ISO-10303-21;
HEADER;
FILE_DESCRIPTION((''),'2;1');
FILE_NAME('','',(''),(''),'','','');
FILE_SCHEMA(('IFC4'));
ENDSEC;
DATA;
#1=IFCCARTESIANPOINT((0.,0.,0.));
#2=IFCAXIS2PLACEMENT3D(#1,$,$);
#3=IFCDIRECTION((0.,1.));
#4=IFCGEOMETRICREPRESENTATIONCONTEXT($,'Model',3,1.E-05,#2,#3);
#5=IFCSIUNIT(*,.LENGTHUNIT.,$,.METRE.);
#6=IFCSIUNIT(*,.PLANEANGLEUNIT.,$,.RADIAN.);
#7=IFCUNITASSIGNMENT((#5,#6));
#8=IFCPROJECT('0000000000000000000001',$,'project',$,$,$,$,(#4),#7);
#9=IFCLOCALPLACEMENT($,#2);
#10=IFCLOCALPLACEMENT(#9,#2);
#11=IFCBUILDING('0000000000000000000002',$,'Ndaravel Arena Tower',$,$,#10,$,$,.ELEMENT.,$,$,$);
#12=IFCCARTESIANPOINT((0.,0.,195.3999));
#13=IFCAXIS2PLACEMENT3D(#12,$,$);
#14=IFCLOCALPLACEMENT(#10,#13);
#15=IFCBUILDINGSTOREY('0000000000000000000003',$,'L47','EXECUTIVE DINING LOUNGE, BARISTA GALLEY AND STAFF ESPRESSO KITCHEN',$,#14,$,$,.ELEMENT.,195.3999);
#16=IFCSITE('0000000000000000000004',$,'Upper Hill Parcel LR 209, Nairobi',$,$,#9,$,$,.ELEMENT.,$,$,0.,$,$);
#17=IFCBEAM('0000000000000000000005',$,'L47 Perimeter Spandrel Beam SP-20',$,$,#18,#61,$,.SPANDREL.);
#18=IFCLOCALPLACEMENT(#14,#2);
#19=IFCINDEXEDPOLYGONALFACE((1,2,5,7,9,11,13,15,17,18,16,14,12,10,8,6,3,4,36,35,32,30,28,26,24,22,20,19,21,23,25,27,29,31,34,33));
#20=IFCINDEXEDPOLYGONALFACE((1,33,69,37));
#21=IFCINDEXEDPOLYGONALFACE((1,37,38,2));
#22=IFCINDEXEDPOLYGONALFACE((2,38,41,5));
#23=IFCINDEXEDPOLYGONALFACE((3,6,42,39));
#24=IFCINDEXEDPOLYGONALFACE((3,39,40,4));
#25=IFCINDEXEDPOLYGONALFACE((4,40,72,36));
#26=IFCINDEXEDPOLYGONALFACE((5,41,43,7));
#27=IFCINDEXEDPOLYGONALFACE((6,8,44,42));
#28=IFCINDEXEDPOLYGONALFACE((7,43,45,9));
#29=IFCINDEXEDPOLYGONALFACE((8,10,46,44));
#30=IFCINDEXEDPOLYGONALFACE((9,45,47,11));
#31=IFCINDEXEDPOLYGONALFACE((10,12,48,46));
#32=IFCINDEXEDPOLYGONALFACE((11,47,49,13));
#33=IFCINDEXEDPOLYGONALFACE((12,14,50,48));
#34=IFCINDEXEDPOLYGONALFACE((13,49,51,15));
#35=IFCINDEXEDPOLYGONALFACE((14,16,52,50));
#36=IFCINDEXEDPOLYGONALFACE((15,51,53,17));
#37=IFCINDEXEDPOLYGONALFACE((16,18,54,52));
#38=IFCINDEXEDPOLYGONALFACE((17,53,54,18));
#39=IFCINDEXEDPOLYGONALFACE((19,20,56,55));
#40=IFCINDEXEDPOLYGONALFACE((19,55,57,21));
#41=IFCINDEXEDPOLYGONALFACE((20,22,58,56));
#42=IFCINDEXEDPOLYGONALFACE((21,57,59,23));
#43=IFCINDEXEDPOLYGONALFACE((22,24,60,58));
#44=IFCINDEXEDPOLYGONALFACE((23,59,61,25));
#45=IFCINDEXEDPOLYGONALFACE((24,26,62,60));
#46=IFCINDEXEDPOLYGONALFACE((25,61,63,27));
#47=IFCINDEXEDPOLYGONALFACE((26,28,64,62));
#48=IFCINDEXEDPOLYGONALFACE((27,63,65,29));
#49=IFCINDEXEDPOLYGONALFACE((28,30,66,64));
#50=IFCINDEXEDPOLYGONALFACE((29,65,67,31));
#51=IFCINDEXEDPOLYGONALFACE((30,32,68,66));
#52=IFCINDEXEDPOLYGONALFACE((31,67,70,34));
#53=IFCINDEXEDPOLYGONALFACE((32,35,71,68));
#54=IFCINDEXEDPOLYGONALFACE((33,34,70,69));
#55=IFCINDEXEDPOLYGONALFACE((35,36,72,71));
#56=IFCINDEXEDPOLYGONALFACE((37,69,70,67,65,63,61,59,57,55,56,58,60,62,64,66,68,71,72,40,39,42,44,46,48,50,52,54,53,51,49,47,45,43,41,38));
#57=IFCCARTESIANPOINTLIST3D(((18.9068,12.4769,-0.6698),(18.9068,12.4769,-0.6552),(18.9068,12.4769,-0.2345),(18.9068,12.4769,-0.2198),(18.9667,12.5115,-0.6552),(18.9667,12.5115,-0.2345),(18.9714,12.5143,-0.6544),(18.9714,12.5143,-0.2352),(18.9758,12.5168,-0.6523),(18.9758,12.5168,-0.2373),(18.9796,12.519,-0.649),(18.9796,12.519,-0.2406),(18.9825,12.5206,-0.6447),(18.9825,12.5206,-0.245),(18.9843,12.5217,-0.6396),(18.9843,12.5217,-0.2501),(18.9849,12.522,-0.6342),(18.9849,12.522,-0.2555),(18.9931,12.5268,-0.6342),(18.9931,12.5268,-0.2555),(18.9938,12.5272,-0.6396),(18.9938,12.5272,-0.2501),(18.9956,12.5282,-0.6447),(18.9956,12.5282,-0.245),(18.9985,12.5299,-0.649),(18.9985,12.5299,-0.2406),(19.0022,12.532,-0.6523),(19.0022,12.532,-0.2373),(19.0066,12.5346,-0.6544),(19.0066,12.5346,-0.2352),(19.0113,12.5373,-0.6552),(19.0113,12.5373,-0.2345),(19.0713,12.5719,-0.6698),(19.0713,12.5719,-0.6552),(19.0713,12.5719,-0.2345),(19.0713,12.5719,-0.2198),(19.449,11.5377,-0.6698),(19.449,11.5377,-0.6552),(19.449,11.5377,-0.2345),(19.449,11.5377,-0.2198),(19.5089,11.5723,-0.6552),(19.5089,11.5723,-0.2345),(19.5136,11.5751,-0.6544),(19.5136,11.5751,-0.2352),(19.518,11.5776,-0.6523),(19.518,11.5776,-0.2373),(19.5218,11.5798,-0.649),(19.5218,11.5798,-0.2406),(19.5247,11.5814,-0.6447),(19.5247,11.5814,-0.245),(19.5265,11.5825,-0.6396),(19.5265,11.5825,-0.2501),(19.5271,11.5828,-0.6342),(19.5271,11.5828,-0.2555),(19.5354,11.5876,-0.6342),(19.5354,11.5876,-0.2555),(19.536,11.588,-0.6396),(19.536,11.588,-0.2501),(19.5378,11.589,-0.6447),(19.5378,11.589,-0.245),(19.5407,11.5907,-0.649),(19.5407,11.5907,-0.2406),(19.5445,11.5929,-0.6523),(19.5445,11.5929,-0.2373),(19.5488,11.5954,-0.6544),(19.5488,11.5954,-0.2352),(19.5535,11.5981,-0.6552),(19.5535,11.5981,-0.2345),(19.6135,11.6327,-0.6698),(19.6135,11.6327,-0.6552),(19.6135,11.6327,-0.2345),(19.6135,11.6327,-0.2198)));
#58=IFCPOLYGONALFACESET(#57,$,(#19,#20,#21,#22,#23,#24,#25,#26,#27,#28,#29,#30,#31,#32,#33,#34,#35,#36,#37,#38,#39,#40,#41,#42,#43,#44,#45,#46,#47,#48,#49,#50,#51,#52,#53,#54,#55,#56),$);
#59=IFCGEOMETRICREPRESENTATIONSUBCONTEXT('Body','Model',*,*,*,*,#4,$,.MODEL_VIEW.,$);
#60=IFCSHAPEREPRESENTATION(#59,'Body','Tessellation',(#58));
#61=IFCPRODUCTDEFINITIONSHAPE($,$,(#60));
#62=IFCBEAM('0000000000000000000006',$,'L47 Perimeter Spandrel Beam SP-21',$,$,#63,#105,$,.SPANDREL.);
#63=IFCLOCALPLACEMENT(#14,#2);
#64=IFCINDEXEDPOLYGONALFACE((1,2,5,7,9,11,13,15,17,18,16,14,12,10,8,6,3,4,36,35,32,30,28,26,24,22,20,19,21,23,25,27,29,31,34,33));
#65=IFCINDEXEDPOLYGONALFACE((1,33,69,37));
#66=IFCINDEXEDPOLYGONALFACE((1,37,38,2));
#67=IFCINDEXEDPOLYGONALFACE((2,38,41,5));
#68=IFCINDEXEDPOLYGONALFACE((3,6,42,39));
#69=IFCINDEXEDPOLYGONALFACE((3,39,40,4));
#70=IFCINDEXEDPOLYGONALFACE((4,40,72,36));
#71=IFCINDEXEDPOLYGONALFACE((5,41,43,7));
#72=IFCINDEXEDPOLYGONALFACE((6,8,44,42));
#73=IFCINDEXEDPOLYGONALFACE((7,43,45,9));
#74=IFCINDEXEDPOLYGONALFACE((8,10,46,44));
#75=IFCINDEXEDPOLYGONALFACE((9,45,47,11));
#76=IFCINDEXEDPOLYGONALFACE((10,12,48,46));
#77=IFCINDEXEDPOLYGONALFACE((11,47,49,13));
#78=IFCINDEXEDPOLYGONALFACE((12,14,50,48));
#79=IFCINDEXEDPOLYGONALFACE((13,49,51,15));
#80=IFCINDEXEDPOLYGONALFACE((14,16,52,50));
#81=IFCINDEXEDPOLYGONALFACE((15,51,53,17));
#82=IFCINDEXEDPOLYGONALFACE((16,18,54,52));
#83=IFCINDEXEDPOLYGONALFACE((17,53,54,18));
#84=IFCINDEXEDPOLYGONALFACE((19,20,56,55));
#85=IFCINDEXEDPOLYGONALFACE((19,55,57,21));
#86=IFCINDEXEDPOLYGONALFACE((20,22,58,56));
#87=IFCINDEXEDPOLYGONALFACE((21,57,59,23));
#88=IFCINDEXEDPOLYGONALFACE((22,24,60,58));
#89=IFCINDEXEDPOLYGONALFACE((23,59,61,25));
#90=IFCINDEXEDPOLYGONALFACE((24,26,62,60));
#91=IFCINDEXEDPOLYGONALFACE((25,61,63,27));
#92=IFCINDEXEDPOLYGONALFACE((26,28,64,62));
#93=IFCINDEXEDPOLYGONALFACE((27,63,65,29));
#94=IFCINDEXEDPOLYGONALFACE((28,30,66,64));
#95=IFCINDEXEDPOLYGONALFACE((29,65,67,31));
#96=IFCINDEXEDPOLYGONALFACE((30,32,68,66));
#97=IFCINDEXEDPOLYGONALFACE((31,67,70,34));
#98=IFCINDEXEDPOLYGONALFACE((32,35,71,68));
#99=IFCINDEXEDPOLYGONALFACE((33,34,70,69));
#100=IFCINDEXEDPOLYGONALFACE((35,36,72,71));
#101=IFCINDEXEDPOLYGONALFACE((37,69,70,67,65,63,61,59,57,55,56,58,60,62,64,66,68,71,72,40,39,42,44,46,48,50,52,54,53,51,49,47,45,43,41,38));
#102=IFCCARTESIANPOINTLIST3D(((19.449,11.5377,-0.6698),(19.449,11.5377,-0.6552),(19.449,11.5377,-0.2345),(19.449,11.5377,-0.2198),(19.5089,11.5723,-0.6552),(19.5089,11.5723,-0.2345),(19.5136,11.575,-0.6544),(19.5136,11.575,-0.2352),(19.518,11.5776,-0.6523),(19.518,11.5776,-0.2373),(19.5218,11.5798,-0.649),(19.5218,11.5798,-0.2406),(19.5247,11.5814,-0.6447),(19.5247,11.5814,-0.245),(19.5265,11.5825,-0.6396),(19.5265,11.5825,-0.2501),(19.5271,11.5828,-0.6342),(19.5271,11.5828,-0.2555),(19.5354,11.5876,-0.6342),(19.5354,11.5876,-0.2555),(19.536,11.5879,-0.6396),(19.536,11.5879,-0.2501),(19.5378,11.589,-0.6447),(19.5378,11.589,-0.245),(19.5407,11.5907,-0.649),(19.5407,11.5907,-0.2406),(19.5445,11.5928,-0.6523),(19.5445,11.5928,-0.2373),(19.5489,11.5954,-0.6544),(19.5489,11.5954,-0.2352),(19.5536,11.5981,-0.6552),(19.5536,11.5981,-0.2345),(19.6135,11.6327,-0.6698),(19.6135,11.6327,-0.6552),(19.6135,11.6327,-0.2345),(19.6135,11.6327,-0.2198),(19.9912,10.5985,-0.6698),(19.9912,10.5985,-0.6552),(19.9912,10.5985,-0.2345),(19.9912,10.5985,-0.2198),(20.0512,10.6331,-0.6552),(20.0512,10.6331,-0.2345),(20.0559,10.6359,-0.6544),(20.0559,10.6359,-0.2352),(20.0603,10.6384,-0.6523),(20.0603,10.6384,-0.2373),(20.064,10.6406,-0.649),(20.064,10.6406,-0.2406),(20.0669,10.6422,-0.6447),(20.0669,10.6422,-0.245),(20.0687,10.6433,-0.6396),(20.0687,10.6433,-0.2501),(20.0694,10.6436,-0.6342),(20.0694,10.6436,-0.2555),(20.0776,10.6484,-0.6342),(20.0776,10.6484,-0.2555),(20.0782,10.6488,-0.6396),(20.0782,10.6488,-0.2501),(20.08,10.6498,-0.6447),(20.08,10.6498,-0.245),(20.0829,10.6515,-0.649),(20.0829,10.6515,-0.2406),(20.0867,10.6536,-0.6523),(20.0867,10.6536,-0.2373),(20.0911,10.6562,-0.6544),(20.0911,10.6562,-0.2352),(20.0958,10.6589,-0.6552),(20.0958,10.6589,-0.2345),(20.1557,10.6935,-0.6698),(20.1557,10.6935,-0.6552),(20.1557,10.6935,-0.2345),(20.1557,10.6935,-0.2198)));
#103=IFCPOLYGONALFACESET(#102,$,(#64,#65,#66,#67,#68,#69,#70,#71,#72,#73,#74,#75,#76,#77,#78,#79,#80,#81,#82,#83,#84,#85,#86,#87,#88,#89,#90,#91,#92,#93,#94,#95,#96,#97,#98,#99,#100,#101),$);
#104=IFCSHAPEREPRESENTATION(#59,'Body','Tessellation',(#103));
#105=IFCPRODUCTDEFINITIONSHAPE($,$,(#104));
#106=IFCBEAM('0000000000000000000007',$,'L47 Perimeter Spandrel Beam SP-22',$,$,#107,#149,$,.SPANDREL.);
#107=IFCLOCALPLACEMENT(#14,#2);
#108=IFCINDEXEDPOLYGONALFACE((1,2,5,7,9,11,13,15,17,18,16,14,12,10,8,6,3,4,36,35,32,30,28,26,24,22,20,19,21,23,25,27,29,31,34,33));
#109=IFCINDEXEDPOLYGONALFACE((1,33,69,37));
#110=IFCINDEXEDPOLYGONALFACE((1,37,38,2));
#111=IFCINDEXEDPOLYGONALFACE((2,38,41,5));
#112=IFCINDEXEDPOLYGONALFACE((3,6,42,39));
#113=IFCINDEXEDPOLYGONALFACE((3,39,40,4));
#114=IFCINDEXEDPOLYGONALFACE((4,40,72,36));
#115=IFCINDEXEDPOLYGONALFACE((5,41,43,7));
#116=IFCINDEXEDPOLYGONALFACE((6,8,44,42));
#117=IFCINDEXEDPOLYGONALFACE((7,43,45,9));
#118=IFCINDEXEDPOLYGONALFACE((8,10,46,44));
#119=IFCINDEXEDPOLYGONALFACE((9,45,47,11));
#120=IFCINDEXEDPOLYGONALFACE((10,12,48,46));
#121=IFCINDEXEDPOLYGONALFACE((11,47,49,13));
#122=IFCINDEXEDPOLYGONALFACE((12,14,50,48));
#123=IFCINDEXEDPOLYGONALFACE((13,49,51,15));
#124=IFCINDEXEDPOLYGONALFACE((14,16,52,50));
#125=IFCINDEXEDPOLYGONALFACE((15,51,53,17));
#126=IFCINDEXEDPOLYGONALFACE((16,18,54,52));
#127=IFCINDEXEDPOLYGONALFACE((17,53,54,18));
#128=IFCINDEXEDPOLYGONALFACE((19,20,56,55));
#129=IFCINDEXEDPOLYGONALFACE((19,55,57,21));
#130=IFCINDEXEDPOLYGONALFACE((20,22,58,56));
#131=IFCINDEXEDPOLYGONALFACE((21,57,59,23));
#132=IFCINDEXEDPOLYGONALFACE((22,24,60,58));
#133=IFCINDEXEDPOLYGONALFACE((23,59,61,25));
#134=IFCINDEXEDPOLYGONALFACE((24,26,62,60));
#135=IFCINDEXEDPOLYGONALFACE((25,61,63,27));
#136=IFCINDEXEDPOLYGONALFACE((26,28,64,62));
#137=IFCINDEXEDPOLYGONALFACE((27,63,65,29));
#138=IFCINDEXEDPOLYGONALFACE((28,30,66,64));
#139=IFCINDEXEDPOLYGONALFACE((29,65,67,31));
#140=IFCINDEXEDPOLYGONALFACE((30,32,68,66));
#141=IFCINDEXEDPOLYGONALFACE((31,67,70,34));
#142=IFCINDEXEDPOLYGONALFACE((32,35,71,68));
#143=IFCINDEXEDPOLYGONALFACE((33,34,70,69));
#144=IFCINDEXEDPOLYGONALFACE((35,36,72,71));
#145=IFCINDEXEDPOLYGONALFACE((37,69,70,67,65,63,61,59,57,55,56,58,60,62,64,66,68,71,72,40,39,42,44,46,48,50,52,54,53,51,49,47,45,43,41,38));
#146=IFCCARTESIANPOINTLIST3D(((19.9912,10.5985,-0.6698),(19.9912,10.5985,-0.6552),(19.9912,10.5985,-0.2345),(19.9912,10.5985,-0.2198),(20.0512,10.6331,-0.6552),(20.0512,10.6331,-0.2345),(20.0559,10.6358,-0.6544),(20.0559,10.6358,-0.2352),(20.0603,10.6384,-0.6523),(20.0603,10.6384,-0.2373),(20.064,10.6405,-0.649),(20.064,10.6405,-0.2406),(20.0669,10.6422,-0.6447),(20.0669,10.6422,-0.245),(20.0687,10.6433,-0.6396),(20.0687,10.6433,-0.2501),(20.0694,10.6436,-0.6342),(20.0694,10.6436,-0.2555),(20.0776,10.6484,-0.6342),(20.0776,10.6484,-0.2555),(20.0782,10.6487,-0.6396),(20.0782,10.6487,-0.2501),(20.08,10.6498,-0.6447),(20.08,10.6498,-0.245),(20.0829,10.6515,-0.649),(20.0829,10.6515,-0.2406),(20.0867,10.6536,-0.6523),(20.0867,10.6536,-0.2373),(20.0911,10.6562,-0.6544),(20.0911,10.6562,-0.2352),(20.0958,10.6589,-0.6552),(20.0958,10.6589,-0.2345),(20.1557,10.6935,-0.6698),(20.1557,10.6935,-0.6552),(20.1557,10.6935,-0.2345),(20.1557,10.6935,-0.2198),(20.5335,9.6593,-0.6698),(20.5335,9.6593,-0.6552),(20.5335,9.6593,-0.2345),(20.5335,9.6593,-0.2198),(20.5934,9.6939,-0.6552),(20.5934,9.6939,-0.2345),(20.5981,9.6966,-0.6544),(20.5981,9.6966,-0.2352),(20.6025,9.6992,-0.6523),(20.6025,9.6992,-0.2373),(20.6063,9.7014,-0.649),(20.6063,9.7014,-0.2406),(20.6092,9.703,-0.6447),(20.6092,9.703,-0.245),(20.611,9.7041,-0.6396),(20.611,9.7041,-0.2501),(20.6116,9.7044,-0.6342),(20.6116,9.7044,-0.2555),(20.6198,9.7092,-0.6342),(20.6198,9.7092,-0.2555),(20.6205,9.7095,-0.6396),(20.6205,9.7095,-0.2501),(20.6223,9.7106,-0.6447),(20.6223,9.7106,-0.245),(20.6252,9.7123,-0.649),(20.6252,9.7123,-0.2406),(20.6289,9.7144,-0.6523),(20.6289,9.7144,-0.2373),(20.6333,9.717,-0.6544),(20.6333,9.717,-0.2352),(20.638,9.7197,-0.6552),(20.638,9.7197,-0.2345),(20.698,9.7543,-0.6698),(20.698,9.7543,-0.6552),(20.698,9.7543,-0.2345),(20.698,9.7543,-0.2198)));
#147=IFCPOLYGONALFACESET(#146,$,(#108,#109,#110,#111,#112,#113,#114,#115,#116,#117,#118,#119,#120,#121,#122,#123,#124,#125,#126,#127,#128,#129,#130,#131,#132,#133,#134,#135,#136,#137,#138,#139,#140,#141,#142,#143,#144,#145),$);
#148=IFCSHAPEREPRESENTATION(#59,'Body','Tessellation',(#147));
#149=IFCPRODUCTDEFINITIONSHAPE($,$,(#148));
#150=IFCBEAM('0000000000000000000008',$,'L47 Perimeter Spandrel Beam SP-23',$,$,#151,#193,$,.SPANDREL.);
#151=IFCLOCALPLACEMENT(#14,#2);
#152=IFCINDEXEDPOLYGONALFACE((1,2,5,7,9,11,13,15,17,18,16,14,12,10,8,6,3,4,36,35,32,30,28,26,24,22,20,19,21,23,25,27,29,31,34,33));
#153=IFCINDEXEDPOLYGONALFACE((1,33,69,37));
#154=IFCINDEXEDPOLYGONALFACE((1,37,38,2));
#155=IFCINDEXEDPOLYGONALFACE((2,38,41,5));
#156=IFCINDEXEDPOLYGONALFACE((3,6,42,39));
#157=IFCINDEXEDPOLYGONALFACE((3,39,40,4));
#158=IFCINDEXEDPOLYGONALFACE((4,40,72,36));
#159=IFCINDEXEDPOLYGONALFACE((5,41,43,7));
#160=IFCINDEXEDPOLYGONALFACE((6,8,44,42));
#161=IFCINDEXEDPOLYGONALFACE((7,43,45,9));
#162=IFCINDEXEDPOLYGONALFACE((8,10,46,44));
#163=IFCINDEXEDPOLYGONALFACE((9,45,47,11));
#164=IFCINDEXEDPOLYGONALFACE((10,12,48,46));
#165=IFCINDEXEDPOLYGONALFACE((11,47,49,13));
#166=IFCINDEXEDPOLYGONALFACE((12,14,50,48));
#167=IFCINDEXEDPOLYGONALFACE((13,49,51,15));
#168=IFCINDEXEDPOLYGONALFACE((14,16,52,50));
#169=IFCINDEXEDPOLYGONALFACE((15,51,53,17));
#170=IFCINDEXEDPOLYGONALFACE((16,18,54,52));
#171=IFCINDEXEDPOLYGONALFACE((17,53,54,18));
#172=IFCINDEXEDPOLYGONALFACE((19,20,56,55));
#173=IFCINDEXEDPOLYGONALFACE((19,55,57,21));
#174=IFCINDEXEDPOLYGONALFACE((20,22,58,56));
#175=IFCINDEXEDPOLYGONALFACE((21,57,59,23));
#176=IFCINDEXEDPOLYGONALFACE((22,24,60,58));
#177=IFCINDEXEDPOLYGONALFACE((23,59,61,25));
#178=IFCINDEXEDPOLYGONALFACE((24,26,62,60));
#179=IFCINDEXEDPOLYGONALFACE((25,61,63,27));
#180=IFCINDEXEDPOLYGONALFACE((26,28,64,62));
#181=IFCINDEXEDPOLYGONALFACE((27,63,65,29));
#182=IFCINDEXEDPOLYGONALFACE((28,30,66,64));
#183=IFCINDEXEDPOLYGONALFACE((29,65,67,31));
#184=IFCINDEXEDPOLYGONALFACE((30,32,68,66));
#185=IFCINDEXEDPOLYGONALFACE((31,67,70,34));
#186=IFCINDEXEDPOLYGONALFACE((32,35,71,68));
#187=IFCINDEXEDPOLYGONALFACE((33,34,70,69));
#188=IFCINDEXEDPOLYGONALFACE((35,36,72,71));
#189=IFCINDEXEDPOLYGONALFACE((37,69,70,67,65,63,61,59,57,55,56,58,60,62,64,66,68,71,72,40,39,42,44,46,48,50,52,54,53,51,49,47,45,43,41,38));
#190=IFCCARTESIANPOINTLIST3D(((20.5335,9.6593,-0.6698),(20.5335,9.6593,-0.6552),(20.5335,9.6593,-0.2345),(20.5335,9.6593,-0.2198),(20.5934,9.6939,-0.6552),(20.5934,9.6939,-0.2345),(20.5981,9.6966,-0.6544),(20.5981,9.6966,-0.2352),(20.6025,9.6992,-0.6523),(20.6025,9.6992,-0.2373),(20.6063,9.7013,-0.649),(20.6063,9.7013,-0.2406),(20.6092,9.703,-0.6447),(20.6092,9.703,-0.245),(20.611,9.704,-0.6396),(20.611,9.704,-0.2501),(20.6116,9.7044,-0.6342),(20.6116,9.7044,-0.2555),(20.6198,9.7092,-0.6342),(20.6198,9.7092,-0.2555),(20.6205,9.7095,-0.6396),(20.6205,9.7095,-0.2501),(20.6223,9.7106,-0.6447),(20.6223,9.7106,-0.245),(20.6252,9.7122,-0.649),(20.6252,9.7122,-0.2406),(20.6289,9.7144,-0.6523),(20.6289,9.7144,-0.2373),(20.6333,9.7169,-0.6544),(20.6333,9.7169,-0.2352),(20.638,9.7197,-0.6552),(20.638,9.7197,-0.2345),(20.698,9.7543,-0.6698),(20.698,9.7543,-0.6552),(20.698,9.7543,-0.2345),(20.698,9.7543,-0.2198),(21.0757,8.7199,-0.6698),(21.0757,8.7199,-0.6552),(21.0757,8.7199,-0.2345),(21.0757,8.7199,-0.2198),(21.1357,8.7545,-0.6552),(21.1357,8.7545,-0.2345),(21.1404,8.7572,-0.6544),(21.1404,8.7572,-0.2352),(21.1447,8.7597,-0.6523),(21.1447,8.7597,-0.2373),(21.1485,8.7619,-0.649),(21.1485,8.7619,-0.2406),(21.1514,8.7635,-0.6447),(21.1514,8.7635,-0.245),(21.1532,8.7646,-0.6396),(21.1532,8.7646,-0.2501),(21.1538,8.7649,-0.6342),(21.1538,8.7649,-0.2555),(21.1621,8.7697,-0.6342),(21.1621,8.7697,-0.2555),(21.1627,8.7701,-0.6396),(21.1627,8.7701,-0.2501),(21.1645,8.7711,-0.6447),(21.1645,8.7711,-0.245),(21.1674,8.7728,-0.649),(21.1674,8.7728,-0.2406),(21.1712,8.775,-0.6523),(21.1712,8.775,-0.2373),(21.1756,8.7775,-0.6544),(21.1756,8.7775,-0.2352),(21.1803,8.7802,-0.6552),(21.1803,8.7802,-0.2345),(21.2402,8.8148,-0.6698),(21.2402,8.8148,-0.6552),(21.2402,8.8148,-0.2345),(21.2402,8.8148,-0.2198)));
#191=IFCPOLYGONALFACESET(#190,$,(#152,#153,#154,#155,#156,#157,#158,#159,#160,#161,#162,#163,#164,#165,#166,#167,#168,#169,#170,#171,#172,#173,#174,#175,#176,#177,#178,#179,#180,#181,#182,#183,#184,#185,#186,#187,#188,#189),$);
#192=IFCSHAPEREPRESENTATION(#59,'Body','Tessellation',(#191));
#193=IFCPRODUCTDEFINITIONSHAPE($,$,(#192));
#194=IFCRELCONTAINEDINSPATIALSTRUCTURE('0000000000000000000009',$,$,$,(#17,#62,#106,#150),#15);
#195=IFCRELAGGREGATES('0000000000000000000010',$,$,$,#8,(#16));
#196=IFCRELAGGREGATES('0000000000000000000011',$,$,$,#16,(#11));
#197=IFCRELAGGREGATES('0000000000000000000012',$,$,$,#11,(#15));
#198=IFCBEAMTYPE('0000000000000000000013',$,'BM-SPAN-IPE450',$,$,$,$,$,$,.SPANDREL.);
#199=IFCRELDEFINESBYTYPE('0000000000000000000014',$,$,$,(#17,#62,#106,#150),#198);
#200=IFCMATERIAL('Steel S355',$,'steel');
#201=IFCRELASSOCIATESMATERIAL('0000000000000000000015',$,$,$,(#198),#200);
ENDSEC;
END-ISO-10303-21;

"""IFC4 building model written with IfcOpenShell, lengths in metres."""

from ifc_helpers import new_model, si_unit, direction, frame, origin, origin_2d, place, context, subcontext, project, spatial, i_section, extrude, material, material_profile, profile_set, type_object, element, save


model = new_model("IFC4")

# Units and contexts
model_context = context("Model", 3, precision=1e-05, world=origin(), true_north=direction((0.0, 1.0)))
body_context = subcontext(model_context, "Body", "Model", "MODEL_VIEW")
ifc_project = project(units=[si_unit("LENGTHUNIT", "METRE"), si_unit("PLANEANGLEUNIT", "RADIAN")], contexts=[model_context])

# Site, building, storey
site_placement = place(None, origin())
site = spatial("IfcSite", under=ifc_project, at=site_placement, Name="Upper Hill Parcel LR 209, Nairobi", CompositionType="ELEMENT", RefElevation=0.0)
building_placement = place(site_placement, origin())
building = spatial("IfcBuilding", under=site, at=building_placement, Name="Ndaravel Arena Tower", CompositionType="ELEMENT")
storey_placement = place(building_placement, frame((0.0, 0.0, 195.3999)))
storey = spatial("IfcBuildingStorey", under=building, at=storey_placement, Name="L47", Description="EXECUTIVE DINING LOUNGE, BARISTA GALLEY AND STAFF ESPRESSO KITCHEN", CompositionType="ELEMENT", Elevation=195.3999)

# Beams
ifc_material_1 = material(Name="Steel S355", Category="steel")
ifc_material_profile_1 = material_profile(ifc_material_1, i_section(OverallWidth=0.1899, OverallDepth=0.45, WebThickness=0.0095, FlangeThickness=0.0146, FilletRadius=0.021, at=origin_2d()), Name="IPE 450")
ifc_profile_set_1 = profile_set([ifc_material_profile_1], Name="Steel S355")
beam_type = type_object("IfcBeamType", Name="BM-SPAN-IPE450", PredefinedType="SPANDREL", material=ifc_profile_set_1)
for number, where, z_axis, x_axis, name in (
    (1, (18.989, 12.5244, -0.4448), (0.499989, -0.866032, 0.0), (0.866032, 0.499989, 0.0), "L47 Perimeter Spandrel Beam SP-20"),
    (2, (19.5312, 11.5852, -0.4448), (0.499989, -0.866032, 0.0), (0.866032, 0.499989, 0.0), "L47 Perimeter Spandrel Beam SP-21"),
    (3, (20.0735, 10.646, -0.4448), (0.499989, -0.866032, 0.0), (0.866032, 0.499989, 0.0), "L47 Perimeter Spandrel Beam SP-22"),
):
    element("IfcBeam", number, at=place(storey_placement, frame(where, z_axis=z_axis, x_axis=x_axis)), inside=storey, type_object=beam_type, Name=name, PredefinedType="SPANDREL", context=body_context, shape_type="SweptSolid", body=[
        extrude(i_section(OverallWidth=0.1899, OverallDepth=0.45, WebThickness=0.0095, FlangeThickness=0.0146, FilletRadius=0.021, at=origin_2d()), origin(), (0.0, 0.0, 1.0), 1.0845),
    ])
beam_1_placement = place(storey_placement, frame((20.6157, 9.7068, -0.4448), z_axis=(0.499891, -0.866088, 0.0), x_axis=(0.866088, 0.499891, 0.0)))
element("IfcBeam", 4, at=beam_1_placement, inside=storey, type_object=beam_type, Name="L47 Perimeter Spandrel Beam SP-23", PredefinedType="SPANDREL", context=body_context, shape_type="SweptSolid", body=[
    extrude(i_section(OverallWidth=0.1899, OverallDepth=0.45, WebThickness=0.0095, FlangeThickness=0.0146, FilletRadius=0.021, at=origin_2d()), origin(), (0.0, 0.0, 1.0), 1.0847),
])

save(model, "model.ifc")
